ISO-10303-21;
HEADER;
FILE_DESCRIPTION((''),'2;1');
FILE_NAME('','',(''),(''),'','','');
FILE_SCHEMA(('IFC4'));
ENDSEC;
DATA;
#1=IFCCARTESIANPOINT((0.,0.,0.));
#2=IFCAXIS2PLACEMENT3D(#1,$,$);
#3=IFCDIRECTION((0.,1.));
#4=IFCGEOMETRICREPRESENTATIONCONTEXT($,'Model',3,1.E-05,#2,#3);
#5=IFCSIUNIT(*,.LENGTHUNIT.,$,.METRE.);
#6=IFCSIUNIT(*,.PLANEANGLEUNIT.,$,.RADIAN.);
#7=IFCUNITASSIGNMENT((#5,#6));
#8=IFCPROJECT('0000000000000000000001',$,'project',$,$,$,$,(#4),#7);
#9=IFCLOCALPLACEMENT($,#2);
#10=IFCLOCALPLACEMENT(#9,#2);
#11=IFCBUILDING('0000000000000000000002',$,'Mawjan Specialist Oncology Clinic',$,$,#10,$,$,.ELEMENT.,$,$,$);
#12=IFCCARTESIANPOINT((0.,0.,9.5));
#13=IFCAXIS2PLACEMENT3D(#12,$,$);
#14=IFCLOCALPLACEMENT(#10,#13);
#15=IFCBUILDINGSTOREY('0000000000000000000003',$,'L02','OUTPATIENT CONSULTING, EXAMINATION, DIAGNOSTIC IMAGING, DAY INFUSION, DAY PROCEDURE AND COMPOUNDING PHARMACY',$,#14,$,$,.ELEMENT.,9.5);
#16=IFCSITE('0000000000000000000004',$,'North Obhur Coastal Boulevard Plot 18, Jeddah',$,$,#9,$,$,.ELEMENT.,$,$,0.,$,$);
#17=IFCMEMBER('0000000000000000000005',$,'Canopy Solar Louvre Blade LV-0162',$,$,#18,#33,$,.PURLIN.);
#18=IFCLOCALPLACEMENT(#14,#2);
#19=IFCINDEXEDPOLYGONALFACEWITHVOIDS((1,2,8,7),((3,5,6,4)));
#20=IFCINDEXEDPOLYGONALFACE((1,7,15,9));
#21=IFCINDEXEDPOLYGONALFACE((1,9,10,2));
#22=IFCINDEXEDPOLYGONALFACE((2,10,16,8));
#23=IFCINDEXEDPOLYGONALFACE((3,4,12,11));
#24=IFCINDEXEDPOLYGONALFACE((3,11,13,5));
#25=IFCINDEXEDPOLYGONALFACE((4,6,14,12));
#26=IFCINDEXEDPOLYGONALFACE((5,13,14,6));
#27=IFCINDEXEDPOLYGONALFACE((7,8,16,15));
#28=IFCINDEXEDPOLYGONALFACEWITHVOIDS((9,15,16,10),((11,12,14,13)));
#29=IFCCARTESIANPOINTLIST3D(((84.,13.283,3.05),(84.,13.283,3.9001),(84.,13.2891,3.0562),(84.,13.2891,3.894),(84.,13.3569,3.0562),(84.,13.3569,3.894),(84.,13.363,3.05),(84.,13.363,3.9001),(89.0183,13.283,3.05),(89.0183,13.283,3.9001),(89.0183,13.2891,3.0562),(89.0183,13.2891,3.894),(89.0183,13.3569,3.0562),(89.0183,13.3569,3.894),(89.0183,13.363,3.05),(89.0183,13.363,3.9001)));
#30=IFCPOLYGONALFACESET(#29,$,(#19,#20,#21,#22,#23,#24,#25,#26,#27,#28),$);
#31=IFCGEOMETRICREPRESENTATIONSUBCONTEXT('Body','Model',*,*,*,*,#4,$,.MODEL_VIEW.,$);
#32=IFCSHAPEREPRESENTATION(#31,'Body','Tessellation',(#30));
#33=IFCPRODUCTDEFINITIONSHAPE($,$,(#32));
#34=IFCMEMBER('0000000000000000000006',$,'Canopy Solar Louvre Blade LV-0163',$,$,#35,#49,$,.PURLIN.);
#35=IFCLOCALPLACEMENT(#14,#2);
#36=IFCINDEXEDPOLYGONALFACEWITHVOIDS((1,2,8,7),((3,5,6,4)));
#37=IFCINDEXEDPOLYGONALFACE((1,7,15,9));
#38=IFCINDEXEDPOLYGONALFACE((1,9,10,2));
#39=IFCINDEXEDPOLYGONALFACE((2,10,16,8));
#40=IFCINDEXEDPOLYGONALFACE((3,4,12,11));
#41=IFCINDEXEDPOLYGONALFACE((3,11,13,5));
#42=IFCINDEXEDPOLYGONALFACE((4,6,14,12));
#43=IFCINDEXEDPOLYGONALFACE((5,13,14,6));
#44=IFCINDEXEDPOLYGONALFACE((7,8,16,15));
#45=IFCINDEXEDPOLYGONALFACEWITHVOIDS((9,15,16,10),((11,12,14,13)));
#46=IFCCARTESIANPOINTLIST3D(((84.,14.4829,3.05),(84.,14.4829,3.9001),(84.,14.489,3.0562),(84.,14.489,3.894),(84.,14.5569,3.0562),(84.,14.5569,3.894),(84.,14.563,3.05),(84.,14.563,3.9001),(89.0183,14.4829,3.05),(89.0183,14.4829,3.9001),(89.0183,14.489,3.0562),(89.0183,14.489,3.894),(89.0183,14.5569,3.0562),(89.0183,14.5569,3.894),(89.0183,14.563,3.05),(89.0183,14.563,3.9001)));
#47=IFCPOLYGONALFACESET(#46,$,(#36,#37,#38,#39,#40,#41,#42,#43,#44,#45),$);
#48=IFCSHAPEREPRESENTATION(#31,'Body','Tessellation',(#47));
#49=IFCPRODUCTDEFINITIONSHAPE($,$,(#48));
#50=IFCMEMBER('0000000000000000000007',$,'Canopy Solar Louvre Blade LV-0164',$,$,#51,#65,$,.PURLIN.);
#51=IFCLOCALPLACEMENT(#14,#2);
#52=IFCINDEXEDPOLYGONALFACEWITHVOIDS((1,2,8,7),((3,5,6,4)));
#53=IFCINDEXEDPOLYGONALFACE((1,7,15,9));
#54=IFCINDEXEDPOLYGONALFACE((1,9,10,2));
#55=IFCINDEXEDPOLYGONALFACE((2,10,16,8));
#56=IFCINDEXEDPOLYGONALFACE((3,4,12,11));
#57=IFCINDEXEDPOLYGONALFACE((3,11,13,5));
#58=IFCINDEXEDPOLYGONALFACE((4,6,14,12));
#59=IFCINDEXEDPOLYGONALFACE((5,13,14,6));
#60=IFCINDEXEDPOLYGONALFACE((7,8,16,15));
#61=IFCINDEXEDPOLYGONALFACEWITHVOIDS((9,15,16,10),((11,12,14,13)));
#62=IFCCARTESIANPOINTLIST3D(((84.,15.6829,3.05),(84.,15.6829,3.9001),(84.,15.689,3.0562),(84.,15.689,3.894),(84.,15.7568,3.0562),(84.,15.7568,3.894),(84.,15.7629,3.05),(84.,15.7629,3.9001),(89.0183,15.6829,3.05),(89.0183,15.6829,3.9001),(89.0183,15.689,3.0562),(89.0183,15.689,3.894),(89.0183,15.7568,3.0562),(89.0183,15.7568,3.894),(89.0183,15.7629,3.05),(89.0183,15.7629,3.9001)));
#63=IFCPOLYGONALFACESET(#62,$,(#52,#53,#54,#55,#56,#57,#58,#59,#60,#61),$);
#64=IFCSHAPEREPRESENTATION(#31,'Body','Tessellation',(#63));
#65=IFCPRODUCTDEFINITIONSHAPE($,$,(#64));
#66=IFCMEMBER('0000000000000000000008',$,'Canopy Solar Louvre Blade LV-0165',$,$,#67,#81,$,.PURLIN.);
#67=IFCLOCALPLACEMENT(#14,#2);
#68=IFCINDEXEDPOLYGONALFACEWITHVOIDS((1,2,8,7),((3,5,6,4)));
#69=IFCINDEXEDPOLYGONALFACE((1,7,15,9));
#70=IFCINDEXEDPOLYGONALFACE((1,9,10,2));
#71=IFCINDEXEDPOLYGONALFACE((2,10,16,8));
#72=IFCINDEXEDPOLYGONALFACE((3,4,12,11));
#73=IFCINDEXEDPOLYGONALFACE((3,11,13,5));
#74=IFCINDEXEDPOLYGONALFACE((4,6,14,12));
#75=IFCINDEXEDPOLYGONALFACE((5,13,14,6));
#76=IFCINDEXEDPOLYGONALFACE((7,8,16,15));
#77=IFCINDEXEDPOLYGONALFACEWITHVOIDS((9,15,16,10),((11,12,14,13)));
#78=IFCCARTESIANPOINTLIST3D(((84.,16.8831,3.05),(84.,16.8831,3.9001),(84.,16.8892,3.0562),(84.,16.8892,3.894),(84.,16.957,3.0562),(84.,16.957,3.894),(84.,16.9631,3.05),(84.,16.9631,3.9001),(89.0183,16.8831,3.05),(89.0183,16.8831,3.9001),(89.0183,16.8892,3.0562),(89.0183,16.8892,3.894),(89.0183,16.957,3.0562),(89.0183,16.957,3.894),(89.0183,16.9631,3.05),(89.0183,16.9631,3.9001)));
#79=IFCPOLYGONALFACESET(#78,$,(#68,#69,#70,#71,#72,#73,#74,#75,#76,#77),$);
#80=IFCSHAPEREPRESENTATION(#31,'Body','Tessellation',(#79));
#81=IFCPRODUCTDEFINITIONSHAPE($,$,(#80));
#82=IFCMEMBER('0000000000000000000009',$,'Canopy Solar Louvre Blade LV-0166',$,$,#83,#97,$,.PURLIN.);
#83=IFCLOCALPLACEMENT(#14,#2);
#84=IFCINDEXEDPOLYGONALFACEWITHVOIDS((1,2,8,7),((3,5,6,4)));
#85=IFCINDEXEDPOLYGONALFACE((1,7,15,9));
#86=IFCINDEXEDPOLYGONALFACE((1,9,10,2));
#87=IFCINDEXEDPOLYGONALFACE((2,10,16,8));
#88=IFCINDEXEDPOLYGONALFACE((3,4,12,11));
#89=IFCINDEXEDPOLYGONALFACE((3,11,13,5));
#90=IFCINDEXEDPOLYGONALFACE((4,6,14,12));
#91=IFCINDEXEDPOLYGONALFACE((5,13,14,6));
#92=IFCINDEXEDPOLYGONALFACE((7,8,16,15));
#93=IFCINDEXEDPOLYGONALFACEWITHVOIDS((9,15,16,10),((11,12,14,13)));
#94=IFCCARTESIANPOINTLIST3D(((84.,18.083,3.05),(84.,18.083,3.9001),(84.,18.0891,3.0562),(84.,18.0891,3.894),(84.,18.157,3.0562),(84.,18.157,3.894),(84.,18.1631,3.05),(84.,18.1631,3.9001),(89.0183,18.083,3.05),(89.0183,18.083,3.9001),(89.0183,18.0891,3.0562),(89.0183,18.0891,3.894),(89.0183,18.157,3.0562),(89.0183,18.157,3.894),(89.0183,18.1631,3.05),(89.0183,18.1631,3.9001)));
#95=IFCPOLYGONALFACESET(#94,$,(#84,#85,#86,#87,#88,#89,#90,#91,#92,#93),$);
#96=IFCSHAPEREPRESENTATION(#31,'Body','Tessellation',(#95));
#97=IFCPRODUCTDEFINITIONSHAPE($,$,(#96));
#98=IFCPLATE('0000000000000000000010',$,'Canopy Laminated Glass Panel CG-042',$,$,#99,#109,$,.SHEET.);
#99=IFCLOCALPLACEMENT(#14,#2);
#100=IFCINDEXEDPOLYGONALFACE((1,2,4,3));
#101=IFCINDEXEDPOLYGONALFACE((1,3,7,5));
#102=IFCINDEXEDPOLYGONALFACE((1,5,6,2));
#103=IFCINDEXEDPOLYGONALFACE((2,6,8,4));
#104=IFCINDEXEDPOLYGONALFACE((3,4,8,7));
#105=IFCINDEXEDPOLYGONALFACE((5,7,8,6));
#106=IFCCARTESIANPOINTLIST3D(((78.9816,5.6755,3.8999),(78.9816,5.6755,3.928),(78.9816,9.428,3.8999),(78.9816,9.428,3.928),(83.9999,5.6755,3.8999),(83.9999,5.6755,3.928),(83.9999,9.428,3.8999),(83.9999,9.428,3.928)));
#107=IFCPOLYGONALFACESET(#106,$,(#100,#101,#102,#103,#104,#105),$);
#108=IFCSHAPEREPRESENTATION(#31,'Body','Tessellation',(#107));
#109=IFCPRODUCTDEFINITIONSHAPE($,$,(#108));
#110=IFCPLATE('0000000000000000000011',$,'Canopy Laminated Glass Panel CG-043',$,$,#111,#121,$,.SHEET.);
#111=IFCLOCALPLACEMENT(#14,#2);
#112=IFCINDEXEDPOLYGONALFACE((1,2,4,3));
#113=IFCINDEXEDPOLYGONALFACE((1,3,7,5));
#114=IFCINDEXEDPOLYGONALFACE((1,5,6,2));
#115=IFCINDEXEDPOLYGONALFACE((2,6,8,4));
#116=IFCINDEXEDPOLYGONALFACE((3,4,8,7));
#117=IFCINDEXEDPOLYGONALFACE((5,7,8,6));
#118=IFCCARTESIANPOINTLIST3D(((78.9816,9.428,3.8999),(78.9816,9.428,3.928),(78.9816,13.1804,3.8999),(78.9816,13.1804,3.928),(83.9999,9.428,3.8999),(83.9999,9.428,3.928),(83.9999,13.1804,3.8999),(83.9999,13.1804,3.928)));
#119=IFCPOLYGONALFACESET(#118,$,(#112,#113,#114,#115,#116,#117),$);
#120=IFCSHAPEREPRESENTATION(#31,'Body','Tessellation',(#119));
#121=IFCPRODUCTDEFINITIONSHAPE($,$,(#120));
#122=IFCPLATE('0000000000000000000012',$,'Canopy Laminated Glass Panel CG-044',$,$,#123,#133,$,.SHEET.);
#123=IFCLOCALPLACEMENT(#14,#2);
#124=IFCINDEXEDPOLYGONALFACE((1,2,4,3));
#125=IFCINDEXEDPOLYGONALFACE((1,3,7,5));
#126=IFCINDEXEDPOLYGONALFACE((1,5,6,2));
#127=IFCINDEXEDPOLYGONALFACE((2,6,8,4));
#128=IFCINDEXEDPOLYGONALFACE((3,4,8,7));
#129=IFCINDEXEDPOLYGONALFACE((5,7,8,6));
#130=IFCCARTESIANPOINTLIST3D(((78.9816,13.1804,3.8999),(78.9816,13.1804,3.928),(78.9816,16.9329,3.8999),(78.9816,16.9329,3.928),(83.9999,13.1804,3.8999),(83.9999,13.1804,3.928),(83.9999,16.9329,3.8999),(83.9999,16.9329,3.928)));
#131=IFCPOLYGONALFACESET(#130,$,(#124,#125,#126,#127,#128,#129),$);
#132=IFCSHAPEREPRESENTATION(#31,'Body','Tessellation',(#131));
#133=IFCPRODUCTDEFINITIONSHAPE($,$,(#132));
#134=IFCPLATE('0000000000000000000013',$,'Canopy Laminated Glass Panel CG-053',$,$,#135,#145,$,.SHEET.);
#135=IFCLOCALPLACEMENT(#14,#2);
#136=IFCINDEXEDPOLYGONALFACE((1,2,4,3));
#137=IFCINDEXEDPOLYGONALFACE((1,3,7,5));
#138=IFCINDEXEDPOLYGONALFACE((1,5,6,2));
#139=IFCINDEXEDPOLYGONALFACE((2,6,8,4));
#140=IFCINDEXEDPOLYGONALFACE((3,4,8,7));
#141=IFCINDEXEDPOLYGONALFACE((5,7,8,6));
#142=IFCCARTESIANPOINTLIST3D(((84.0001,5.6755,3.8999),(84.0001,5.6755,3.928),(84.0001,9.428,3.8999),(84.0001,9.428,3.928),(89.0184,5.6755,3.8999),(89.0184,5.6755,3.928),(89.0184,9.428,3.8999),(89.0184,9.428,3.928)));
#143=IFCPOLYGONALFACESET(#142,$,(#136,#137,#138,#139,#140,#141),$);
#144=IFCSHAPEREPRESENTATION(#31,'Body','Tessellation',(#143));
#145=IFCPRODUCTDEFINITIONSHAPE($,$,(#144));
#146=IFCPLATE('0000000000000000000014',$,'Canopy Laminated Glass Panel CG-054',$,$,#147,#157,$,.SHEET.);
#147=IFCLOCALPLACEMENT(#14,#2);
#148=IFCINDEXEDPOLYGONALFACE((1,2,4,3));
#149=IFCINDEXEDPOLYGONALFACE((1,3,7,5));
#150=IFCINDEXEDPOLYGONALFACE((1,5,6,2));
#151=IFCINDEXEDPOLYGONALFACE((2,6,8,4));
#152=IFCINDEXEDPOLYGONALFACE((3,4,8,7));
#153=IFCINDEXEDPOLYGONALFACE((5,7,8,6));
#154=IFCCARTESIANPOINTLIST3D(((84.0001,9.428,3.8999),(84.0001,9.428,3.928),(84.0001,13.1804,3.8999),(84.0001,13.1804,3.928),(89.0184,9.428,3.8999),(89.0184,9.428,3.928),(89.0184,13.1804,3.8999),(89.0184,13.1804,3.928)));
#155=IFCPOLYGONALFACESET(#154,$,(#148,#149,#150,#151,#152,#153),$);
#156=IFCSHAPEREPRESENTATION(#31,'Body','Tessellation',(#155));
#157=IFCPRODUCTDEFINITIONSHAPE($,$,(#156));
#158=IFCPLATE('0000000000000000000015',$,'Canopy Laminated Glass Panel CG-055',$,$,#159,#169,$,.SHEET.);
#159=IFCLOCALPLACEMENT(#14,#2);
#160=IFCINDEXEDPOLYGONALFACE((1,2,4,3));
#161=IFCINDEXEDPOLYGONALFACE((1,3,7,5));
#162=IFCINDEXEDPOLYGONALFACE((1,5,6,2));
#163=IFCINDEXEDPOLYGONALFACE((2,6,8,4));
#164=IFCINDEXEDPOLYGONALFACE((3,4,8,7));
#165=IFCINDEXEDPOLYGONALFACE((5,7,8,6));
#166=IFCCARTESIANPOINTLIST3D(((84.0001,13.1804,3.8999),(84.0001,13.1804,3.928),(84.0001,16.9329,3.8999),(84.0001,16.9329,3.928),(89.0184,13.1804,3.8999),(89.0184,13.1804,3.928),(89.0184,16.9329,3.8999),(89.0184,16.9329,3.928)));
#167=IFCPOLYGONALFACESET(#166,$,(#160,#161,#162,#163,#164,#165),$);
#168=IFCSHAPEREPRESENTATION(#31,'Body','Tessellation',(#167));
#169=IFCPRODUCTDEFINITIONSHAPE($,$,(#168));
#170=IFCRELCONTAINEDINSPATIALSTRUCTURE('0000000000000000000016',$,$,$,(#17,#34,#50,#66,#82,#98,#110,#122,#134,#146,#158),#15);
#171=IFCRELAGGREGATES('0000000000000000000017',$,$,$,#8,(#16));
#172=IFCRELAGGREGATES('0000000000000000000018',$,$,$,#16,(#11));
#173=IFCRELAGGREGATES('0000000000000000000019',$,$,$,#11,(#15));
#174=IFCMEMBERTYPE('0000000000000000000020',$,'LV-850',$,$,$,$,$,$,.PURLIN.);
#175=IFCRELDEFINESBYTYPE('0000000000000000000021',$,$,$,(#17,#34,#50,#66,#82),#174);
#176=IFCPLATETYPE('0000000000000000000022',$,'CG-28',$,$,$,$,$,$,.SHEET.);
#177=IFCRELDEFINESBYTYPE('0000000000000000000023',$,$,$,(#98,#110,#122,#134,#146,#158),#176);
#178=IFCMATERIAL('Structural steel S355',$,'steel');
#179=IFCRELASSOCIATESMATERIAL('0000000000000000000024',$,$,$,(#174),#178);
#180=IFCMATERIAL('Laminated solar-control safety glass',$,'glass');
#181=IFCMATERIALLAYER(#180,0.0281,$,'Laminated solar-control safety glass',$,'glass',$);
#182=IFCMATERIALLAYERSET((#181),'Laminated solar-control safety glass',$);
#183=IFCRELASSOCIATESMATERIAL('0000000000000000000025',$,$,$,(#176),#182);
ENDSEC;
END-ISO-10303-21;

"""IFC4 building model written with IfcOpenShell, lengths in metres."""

from ifc_helpers import new_model, si_unit, direction, frame, origin, origin_2d, place, context, subcontext, project, spatial, rectangle, hollow_rectangle, extrude, material, layer, layer_set, material_profile, profile_set, type_object, element, save


model = new_model("IFC4")

# Units and contexts
model_context = context("Model", 3, precision=1e-05, world=origin(), true_north=direction((0.0, 1.0)))
body_context = subcontext(model_context, "Body", "Model", "MODEL_VIEW")
ifc_project = project(units=[si_unit("LENGTHUNIT", "METRE"), si_unit("PLANEANGLEUNIT", "RADIAN")], contexts=[model_context])

# Site, building, storey
site_placement = place(None, origin())
site = spatial("IfcSite", under=ifc_project, at=site_placement, Name="North Obhur Coastal Boulevard Plot 18, Jeddah", CompositionType="ELEMENT", RefElevation=0.0)
building_placement = place(site_placement, origin())
building = spatial("IfcBuilding", under=site, at=building_placement, Name="Mawjan Specialist Oncology Clinic", CompositionType="ELEMENT")
storey_placement = place(building_placement, frame((0.0, 0.0, 9.5)))
storey = spatial("IfcBuildingStorey", under=building, at=storey_placement, Name="L02", Description="OUTPATIENT CONSULTING, EXAMINATION, DIAGNOSTIC IMAGING, DAY INFUSION, DAY PROCEDURE AND COMPOUNDING PHARMACY", CompositionType="ELEMENT", Elevation=9.5)

# Members
ifc_material_1 = material(Name="Structural steel S355", Category="steel")
ifc_material_profile = material_profile(ifc_material_1, hollow_rectangle(XDim=0.0801, YDim=0.8501, WallThickness=0.0061, at=origin_2d()), Name="LOUVRE 850x80x6", Category="steel")
ifc_profile_set = profile_set([ifc_material_profile], Name="Structural steel S355")
member_type = type_object("IfcMemberType", Name="LV-850", PredefinedType="PURLIN", material=ifc_profile_set)
for number, where, z_axis, x_axis, name in (
    (1, (84.0, 13.323, 3.4751), (1.0, 0.0, 0.0), (0.0, 1.0, 0.0), "Canopy Solar Louvre Blade LV-0162"),
    (2, (84.0, 14.5229, 3.4751), (1.0, 0.0, 0.0), (0.0, 1.0, 0.0), "Canopy Solar Louvre Blade LV-0163"),
    (3, (84.0, 15.7229, 3.4751), (1.0, 0.0, 0.0), (0.0, 1.0, 0.0), "Canopy Solar Louvre Blade LV-0164"),
    (4, (84.0, 16.9231, 3.4751), (1.0, 0.0, 0.0), (0.0, 1.0, 0.0), "Canopy Solar Louvre Blade LV-0165"),
    (5, (84.0, 18.123, 3.4751), (1.0, 0.0, 0.0), (0.0, 1.0, 0.0), "Canopy Solar Louvre Blade LV-0166"),
):
    element("IfcMember", number, at=place(storey_placement, frame(where, z_axis=z_axis, x_axis=x_axis)), inside=storey, type_object=member_type, Name=name, PredefinedType="PURLIN", context=body_context, shape_type="SweptSolid", body=[
        extrude(hollow_rectangle(XDim=0.0801, YDim=0.8501, WallThickness=0.0061, at=origin_2d()), origin(), (0.0, 0.0, 1.0), 5.0183),
    ])

# Plates
ifc_material_2 = material(Name="Laminated solar-control safety glass", Category="glass")
ifc_layer = layer(ifc_material_2, 0.0281, Name="Laminated solar-control safety glass", Category="glass")
ifc_layer_set = layer_set([ifc_layer], Name="Laminated solar-control safety glass")
plate_type = type_object("IfcPlateType", Name="CG-28", PredefinedType="SHEET", material=ifc_layer_set)
for number, where, z_axis, x_axis, name in (
    (6, (81.4907, 7.5518, 3.8999), (0.0, 0.0, 1.0), (1.0, 0.0, 0.0), "Canopy Laminated Glass Panel CG-042"),
    (7, (81.4907, 11.3042, 3.8999), (0.0, 0.0, 1.0), (1.0, 0.0, 0.0), "Canopy Laminated Glass Panel CG-043"),
    (8, (81.4907, 15.0566, 3.8999), (0.0, 0.0, 1.0), (1.0, 0.0, 0.0), "Canopy Laminated Glass Panel CG-044"),
    (9, (86.5093, 7.5518, 3.8999), (0.0, 0.0, 1.0), (1.0, 0.0, 0.0), "Canopy Laminated Glass Panel CG-053"),
    (10, (86.5093, 11.3042, 3.8999), (0.0, 0.0, 1.0), (1.0, 0.0, 0.0), "Canopy Laminated Glass Panel CG-054"),
    (11, (86.5093, 15.0566, 3.8999), (0.0, 0.0, 1.0), (1.0, 0.0, 0.0), "Canopy Laminated Glass Panel CG-055"),
):
    element("IfcPlate", number, at=place(storey_placement, frame(where, z_axis=z_axis, x_axis=x_axis)), inside=storey, type_object=plate_type, Name=name, PredefinedType="SHEET", context=body_context, shape_type="SweptSolid", body=[
        extrude(rectangle(XDim=5.0183, YDim=3.7524, at=origin_2d()), origin(), (0.0, 0.0, 1.0), 0.0281),
    ])

save(model, "model.ifc")
